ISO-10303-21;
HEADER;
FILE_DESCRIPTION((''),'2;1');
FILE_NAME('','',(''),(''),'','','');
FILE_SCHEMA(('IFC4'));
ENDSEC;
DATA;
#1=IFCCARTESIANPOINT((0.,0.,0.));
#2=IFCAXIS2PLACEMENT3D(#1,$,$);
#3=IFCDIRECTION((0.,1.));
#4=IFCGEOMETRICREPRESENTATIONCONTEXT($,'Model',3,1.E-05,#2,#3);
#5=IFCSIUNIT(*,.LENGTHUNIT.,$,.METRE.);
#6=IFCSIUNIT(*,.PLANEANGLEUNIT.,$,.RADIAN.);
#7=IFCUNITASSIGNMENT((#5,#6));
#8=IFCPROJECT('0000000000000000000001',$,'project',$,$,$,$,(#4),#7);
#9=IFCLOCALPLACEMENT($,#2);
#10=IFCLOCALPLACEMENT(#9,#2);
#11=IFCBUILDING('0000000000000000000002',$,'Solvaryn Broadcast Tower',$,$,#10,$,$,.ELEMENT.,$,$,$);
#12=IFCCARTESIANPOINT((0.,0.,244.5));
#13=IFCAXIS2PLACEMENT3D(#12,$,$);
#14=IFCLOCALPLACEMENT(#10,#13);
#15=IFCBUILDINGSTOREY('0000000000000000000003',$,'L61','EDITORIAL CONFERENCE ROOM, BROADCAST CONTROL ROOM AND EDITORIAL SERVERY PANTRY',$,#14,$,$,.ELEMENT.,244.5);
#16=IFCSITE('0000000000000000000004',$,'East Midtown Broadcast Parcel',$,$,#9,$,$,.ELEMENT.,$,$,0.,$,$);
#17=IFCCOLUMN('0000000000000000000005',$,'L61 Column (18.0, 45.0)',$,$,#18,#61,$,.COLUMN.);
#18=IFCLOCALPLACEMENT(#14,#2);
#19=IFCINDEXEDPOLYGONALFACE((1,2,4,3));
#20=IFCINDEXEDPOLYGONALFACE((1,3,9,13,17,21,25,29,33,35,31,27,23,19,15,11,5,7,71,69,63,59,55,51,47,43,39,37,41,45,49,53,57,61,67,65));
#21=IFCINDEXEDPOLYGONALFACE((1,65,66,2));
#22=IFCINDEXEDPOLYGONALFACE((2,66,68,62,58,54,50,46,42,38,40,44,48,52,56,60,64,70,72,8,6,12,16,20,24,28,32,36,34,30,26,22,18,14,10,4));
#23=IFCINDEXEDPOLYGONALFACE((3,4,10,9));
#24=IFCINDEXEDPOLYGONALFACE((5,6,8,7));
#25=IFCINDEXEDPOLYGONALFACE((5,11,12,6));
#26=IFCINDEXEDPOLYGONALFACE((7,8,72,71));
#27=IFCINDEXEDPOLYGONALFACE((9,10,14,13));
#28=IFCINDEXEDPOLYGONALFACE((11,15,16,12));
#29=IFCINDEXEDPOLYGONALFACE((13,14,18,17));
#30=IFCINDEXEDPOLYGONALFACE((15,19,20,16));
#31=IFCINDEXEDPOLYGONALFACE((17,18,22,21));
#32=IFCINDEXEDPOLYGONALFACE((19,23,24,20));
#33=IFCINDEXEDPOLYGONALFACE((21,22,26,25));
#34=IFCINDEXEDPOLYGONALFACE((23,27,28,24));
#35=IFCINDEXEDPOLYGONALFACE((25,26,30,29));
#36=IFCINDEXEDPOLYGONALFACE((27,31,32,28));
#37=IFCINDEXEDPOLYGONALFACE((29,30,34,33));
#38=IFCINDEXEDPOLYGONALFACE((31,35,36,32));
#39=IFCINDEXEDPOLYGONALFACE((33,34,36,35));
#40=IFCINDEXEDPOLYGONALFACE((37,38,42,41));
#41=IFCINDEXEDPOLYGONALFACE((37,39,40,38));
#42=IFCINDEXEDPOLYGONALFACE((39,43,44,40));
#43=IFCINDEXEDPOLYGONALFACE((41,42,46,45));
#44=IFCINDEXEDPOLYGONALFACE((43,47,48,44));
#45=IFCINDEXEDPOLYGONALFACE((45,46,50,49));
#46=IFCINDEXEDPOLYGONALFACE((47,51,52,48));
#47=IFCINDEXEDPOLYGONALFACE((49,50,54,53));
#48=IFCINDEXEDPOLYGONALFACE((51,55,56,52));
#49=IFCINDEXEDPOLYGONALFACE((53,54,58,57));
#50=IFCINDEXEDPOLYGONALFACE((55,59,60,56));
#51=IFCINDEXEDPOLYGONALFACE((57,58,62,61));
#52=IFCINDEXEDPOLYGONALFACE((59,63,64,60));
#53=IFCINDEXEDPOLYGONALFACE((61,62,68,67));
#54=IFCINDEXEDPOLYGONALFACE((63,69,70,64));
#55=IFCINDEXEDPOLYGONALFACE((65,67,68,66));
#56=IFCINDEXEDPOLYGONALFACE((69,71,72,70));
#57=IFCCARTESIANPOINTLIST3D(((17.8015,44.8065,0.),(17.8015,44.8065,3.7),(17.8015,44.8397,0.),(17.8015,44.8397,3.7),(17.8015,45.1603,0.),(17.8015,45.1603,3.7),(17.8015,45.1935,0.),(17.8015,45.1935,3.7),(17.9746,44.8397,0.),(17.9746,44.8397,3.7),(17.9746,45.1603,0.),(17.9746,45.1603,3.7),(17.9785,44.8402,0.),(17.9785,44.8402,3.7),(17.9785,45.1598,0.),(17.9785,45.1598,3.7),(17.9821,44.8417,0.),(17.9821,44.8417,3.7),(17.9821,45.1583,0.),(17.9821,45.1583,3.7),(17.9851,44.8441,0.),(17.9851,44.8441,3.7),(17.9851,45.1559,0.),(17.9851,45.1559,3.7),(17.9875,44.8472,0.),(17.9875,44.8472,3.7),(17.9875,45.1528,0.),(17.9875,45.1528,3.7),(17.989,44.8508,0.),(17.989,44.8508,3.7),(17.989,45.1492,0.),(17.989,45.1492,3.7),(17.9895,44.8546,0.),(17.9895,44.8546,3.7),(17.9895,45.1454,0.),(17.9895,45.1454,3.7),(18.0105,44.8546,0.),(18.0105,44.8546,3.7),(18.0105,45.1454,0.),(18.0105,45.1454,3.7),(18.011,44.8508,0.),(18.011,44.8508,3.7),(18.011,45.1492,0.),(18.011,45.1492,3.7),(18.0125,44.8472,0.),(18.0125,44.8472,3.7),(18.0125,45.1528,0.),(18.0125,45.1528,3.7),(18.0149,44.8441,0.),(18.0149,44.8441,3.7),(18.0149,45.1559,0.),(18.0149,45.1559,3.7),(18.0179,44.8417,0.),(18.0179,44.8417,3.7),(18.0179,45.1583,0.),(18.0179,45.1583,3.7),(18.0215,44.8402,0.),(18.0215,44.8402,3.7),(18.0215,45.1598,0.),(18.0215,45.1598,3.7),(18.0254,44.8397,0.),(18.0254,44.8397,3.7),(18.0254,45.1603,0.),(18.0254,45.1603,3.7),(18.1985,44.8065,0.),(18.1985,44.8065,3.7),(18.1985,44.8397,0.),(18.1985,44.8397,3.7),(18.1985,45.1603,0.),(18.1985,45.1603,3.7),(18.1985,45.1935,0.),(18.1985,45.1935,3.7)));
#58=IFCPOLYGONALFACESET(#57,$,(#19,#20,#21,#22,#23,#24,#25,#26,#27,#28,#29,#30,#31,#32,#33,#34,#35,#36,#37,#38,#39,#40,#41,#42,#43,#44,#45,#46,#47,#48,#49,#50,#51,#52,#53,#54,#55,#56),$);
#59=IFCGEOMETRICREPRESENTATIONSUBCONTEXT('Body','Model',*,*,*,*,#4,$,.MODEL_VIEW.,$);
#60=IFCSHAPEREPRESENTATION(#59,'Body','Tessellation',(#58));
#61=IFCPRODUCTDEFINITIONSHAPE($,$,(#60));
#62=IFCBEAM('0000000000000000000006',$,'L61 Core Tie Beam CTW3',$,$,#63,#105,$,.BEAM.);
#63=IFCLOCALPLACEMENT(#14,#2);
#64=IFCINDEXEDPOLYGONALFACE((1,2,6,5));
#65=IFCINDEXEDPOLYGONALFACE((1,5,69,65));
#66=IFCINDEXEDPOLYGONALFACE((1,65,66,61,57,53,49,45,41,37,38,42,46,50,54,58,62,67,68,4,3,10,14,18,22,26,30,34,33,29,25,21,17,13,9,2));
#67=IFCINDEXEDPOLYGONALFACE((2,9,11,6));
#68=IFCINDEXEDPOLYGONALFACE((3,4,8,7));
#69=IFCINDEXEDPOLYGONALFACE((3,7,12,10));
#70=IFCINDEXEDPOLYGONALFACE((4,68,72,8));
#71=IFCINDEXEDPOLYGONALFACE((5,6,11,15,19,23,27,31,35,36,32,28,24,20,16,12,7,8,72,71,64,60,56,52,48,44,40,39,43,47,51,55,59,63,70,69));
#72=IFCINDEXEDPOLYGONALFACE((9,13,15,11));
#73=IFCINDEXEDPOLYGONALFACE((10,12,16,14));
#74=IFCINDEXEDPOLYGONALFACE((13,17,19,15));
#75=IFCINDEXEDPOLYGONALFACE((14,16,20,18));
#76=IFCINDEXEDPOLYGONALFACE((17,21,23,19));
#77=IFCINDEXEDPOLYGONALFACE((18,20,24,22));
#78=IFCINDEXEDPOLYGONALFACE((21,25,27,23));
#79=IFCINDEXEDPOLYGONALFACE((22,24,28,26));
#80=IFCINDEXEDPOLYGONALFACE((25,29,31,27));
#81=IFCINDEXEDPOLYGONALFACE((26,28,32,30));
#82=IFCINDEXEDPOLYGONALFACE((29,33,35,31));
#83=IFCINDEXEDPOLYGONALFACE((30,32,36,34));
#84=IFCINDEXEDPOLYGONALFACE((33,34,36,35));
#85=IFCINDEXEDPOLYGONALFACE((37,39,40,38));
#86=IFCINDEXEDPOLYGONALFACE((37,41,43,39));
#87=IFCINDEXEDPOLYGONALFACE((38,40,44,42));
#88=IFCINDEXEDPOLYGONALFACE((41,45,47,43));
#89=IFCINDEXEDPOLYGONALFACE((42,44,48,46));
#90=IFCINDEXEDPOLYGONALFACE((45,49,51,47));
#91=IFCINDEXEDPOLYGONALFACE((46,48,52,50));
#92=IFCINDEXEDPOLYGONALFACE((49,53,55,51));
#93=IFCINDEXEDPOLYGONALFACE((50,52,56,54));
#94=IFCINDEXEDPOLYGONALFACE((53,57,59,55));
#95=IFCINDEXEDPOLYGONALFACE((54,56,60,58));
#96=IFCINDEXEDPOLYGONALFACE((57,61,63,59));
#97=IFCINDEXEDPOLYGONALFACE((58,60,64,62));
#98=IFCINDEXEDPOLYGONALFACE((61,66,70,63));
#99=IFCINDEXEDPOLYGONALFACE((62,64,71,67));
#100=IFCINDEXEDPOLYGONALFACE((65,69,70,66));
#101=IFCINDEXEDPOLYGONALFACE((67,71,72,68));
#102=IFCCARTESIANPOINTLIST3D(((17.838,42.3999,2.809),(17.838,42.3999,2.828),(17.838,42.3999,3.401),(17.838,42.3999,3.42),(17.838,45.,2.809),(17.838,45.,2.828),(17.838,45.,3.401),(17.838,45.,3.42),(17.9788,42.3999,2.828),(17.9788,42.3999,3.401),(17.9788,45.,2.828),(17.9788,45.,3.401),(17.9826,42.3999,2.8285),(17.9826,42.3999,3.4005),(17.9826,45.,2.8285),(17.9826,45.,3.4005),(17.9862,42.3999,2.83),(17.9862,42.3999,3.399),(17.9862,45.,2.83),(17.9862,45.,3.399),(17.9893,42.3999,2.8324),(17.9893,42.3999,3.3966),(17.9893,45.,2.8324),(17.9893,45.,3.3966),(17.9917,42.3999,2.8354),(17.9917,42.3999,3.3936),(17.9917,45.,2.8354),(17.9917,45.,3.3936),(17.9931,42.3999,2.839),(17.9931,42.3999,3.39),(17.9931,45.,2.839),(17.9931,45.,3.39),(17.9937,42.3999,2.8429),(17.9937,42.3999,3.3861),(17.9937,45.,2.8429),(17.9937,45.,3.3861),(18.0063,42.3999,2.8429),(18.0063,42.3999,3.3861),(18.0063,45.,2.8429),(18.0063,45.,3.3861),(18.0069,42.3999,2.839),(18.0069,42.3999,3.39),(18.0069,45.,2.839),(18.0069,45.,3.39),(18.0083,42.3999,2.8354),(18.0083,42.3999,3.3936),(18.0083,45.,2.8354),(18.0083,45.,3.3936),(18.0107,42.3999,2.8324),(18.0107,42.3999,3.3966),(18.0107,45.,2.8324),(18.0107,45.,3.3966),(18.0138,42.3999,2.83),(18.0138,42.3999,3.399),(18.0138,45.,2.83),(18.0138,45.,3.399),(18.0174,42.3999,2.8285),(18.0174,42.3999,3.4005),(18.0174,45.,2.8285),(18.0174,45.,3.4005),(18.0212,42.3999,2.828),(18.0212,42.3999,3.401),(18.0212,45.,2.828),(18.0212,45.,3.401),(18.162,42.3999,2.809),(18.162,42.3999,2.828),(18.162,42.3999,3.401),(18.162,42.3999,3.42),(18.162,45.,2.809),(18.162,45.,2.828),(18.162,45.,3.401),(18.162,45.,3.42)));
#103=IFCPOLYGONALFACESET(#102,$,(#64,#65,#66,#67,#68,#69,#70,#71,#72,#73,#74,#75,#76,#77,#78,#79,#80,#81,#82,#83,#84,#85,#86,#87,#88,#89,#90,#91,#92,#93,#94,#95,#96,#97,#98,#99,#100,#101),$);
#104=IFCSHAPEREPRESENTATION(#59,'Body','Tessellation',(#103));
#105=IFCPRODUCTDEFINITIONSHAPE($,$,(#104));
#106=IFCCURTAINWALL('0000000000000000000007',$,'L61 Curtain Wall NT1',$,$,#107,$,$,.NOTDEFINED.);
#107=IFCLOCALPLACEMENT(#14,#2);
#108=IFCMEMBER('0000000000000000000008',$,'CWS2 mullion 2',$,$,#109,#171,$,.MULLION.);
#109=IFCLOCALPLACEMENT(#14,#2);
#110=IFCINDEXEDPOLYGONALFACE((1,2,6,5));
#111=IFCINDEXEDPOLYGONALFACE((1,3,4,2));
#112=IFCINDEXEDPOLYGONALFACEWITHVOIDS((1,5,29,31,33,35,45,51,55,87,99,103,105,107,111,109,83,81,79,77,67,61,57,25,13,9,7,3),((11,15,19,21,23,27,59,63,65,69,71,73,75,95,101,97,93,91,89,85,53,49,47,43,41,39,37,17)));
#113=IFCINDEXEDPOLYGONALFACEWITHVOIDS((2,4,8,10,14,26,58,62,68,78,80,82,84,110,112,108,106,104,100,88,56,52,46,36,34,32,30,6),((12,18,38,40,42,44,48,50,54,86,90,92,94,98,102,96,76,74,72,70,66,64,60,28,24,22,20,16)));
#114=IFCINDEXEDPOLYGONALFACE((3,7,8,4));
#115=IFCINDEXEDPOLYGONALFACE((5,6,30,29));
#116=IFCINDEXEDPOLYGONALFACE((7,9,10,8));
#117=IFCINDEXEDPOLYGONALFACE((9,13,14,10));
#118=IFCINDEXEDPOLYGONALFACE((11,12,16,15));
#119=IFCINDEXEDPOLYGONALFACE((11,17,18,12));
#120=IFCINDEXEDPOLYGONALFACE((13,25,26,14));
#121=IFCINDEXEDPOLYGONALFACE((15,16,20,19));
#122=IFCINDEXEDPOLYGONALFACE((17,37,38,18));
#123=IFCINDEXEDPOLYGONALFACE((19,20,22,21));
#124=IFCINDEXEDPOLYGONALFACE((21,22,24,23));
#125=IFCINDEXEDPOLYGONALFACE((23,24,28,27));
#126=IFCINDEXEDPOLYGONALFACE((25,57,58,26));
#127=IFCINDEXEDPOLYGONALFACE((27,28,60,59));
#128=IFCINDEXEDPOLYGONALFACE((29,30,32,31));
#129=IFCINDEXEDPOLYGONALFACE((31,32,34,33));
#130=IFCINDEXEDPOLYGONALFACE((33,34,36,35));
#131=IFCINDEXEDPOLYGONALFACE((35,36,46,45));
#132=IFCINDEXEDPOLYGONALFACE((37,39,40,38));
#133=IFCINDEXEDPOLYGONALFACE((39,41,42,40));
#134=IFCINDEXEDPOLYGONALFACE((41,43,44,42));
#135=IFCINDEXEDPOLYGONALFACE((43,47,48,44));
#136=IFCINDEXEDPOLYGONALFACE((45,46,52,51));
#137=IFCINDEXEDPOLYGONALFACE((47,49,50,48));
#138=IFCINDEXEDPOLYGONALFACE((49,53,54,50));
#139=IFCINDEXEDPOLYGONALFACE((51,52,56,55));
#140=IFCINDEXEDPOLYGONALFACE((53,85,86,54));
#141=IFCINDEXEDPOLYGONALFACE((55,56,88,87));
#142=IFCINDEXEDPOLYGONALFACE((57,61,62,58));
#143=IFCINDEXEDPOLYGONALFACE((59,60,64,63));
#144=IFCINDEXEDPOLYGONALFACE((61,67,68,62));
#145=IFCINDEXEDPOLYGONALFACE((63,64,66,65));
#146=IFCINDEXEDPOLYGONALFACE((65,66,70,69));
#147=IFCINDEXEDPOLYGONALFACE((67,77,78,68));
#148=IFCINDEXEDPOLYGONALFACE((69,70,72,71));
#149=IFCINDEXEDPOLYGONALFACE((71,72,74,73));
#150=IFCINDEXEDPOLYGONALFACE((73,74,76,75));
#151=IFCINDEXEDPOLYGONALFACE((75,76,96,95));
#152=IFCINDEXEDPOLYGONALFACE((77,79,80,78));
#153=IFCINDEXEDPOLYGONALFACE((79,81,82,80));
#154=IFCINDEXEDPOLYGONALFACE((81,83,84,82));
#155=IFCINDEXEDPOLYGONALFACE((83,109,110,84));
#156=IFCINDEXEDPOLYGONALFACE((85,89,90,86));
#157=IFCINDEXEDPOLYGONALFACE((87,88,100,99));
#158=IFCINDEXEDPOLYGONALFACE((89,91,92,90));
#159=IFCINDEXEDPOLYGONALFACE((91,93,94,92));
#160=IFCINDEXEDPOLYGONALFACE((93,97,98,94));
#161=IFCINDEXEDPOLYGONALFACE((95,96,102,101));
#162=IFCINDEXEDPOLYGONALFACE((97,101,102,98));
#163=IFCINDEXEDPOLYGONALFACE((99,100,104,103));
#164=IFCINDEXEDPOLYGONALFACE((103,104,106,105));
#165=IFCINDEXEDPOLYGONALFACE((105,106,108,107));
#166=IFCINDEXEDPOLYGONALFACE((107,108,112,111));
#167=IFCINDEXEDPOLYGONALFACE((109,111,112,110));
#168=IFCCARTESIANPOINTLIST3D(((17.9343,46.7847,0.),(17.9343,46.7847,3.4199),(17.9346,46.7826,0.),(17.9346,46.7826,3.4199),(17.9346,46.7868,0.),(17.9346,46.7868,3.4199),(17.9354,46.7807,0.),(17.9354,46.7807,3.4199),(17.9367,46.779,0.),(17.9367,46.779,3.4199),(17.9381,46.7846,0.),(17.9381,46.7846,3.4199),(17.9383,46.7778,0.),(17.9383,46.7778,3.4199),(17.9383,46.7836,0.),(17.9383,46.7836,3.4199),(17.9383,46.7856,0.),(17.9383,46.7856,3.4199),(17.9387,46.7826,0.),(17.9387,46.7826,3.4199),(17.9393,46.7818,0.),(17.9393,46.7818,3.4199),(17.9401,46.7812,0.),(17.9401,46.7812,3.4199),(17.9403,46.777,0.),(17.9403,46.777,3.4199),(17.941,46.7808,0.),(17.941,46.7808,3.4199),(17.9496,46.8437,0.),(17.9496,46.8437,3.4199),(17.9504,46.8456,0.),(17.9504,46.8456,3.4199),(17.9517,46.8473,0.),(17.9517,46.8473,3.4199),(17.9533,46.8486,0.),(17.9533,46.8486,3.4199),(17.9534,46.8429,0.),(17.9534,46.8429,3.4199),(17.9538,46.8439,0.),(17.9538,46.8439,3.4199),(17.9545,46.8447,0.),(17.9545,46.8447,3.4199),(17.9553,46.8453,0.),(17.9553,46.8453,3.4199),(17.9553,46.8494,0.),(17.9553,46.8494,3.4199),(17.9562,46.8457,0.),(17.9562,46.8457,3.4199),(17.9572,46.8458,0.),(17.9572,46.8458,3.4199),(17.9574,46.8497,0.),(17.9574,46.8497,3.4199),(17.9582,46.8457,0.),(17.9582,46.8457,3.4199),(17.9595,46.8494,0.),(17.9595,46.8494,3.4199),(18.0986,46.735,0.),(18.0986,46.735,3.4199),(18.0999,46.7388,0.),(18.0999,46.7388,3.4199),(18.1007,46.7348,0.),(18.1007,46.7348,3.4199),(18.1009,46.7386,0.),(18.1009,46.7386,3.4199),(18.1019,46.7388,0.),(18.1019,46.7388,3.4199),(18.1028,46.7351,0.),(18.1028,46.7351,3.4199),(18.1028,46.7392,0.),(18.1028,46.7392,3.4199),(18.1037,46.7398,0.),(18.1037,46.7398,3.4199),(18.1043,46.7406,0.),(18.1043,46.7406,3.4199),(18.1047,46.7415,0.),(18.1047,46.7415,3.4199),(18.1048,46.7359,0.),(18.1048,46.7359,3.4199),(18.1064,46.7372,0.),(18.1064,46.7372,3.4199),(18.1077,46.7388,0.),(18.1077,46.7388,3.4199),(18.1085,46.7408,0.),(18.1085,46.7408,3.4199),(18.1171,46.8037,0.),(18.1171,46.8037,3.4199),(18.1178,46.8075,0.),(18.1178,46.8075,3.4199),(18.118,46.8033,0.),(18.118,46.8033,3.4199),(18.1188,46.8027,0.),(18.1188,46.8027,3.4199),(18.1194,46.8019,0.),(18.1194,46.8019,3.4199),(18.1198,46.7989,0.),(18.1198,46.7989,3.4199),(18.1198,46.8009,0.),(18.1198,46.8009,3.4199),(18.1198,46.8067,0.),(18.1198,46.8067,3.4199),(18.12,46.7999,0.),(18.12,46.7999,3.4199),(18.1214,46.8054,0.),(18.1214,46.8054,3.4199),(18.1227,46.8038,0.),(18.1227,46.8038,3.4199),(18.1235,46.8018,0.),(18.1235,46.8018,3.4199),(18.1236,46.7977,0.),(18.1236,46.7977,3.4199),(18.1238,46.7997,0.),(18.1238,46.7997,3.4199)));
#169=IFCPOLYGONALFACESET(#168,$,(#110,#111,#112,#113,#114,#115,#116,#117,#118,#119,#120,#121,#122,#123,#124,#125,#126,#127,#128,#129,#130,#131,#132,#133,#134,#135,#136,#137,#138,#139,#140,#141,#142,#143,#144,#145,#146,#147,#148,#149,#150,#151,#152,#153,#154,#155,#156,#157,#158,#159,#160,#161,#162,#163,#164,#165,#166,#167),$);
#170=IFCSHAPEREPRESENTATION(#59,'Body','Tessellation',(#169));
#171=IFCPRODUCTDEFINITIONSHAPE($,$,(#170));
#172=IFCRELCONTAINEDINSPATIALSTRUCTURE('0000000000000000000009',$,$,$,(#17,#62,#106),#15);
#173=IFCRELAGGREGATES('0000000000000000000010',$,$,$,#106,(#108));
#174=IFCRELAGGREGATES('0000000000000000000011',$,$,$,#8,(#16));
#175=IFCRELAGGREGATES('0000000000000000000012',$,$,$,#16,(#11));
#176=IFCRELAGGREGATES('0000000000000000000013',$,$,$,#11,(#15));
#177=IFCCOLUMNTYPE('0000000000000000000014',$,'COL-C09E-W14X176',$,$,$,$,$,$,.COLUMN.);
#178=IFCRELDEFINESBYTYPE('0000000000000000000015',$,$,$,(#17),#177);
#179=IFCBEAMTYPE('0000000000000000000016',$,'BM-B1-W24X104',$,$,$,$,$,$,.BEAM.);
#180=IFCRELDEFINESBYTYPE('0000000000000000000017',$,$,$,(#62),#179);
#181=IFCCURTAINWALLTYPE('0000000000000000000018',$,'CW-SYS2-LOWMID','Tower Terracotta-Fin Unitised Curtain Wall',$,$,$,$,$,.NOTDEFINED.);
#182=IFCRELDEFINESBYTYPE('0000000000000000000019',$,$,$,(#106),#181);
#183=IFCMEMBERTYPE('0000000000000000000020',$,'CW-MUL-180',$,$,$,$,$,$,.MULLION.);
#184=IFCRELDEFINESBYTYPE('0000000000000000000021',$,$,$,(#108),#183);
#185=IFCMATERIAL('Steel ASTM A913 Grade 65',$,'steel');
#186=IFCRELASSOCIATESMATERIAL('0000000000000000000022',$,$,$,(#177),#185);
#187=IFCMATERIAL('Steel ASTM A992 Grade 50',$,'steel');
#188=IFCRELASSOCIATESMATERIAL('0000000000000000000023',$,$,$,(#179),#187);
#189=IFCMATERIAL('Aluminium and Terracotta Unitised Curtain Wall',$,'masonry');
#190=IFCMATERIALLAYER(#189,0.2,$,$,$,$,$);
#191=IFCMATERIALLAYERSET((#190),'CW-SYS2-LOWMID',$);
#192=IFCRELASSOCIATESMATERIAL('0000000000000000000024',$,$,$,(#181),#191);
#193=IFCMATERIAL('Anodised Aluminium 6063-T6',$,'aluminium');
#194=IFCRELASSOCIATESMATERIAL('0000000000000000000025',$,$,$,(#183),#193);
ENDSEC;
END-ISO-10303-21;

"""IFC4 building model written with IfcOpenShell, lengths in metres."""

from ifc_helpers import new_model, si_unit, direction, frame, origin, origin_2d, place, context, subcontext, project, spatial, hollow_rectangle, i_section, extrude, material, layer, layer_set, material_profile, profile_set, type_object, element, aggregate, save


model = new_model("IFC4")

# Units and contexts
model_context = context("Model", 3, precision=1e-05, world=origin(), true_north=direction((0.0, 1.0)))
body_context = subcontext(model_context, "Body", "Model", "MODEL_VIEW")
ifc_project = project(units=[si_unit("LENGTHUNIT", "METRE"), si_unit("PLANEANGLEUNIT", "RADIAN")], contexts=[model_context])

# Site, building, storey
site_placement = place(None, origin())
site = spatial("IfcSite", under=ifc_project, at=site_placement, Name="East Midtown Broadcast Parcel", CompositionType="ELEMENT", RefElevation=0.0)
building_placement = place(site_placement, origin())
building = spatial("IfcBuilding", under=site, at=building_placement, Name="Solvaryn Broadcast Tower", CompositionType="ELEMENT")
storey_placement = place(building_placement, frame((0.0, 0.0, 244.5)))
storey = spatial("IfcBuildingStorey", under=building, at=storey_placement, Name="L61", Description="EDITORIAL CONFERENCE ROOM, BROADCAST CONTROL ROOM AND EDITORIAL SERVERY PANTRY", CompositionType="ELEMENT", Elevation=244.5)

# Column
ifc_material_1 = material(Name="Steel ASTM A913 Grade 65", Category="steel")
ifc_material_profile_1 = material_profile(ifc_material_1, i_section(OverallWidth=0.397, OverallDepth=0.387, WebThickness=0.021, FlangeThickness=0.0332, FilletRadius=0.0149, at=origin_2d()))
ifc_profile_set_1 = profile_set([ifc_material_profile_1], Name="Steel ASTM A913 Grade 65")
column_type = type_object("IfcColumnType", Name="COL-C09E-W14X176", PredefinedType="COLUMN", material=ifc_profile_set_1)
column_placement = place(storey_placement, frame((18.0, 45.0, 0.0), z_axis=(0.0, 0.0, 1.0), x_axis=(1.0, 0.0, 0.0)))
element("IfcColumn", 1, at=column_placement, inside=storey, type_object=column_type, Name="L61 Column (18.0, 45.0)", PredefinedType="COLUMN", context=body_context, shape_type="SweptSolid", body=[
    extrude(i_section(OverallWidth=0.397, OverallDepth=0.387, WebThickness=0.021, FlangeThickness=0.0332, FilletRadius=0.0149, at=origin_2d()), origin(), (0.0, 0.0, 1.0), 3.7),
])

# Beam
ifc_material_2 = material(Name="Steel ASTM A992 Grade 50", Category="steel")
ifc_material_profile_2 = material_profile(ifc_material_2, i_section(OverallWidth=0.324, OverallDepth=0.6111, WebThickness=0.0127, FlangeThickness=0.019, FilletRadius=0.0149, at=origin_2d()))
ifc_profile_set_2 = profile_set([ifc_material_profile_2], Name="Steel ASTM A992 Grade 50")
beam_type = type_object("IfcBeamType", Name="BM-B1-W24X104", PredefinedType="BEAM", material=ifc_profile_set_2)
beam_placement = place(storey_placement, frame((18.0, 42.3999, 3.1145), z_axis=(0.0, 1.0, 0.0), x_axis=(-1.0, 0.0, 0.0)))
element("IfcBeam", 2, at=beam_placement, inside=storey, type_object=beam_type, Name="L61 Core Tie Beam CTW3", PredefinedType="BEAM", context=body_context, shape_type="SweptSolid", body=[
    extrude(i_section(OverallWidth=0.324, OverallDepth=0.6111, WebThickness=0.0127, FlangeThickness=0.019, FilletRadius=0.0149, at=origin_2d()), origin(), (0.0, 0.0, 1.0), 2.6001),
])

# Curtain wall, member
ifc_material_3 = material(Name="Aluminium and Terracotta Unitised Curtain Wall", Category="masonry")
ifc_layer_1 = layer(ifc_material_3, 0.2)
ifc_layer_set_1 = layer_set([ifc_layer_1], Name="CW-SYS2-LOWMID")
curtain_wall_type = type_object("IfcCurtainWallType", Name="CW-SYS2-LOWMID", Description="Tower Terracotta-Fin Unitised Curtain Wall", PredefinedType="NOTDEFINED", material=ifc_layer_set_1)
curtain_wall_1_placement = place(storey_placement, origin())
curtain_wall_1 = element("IfcCurtainWall", 3, at=curtain_wall_1_placement, inside=storey, type_object=curtain_wall_type, Name="L61 Curtain Wall NT1", PredefinedType="NOTDEFINED")
ifc_material_4 = material(Name="Anodised Aluminium 6063-T6", Category="aluminium")
ifc_material_profile_3 = material_profile(ifc_material_4, hollow_rectangle(XDim=0.075, YDim=0.1799, WallThickness=0.0039, InnerFilletRadius=0.0039, OuterFilletRadius=0.0081, at=origin_2d()))
ifc_profile_set_3 = profile_set([ifc_material_profile_3], Name="Anodised Aluminium 6063-T6")
member_type_1 = type_object("IfcMemberType", Name="CW-MUL-180", PredefinedType="MULLION", material=ifc_profile_set_3)
member_1_placement = place(storey_placement, frame((18.0291, 46.7922, 0.0), z_axis=(0.0, 0.0, 1.0), x_axis=(-0.255893, -0.966705, 0.0)))
member_1 = element("IfcMember", 4, at=member_1_placement, type_object=member_type_1, Name="CWS2 mullion 2", PredefinedType="MULLION", context=body_context, shape_type="SweptSolid", body=[
    extrude(hollow_rectangle(XDim=0.075, YDim=0.1799, WallThickness=0.0039, InnerFilletRadius=0.0039, OuterFilletRadius=0.0081, at=origin_2d()), origin(), (0.0, 0.0, 1.0), 3.4199),
])

aggregate(curtain_wall_1, [member_1])

save(model, "model.ifc")
